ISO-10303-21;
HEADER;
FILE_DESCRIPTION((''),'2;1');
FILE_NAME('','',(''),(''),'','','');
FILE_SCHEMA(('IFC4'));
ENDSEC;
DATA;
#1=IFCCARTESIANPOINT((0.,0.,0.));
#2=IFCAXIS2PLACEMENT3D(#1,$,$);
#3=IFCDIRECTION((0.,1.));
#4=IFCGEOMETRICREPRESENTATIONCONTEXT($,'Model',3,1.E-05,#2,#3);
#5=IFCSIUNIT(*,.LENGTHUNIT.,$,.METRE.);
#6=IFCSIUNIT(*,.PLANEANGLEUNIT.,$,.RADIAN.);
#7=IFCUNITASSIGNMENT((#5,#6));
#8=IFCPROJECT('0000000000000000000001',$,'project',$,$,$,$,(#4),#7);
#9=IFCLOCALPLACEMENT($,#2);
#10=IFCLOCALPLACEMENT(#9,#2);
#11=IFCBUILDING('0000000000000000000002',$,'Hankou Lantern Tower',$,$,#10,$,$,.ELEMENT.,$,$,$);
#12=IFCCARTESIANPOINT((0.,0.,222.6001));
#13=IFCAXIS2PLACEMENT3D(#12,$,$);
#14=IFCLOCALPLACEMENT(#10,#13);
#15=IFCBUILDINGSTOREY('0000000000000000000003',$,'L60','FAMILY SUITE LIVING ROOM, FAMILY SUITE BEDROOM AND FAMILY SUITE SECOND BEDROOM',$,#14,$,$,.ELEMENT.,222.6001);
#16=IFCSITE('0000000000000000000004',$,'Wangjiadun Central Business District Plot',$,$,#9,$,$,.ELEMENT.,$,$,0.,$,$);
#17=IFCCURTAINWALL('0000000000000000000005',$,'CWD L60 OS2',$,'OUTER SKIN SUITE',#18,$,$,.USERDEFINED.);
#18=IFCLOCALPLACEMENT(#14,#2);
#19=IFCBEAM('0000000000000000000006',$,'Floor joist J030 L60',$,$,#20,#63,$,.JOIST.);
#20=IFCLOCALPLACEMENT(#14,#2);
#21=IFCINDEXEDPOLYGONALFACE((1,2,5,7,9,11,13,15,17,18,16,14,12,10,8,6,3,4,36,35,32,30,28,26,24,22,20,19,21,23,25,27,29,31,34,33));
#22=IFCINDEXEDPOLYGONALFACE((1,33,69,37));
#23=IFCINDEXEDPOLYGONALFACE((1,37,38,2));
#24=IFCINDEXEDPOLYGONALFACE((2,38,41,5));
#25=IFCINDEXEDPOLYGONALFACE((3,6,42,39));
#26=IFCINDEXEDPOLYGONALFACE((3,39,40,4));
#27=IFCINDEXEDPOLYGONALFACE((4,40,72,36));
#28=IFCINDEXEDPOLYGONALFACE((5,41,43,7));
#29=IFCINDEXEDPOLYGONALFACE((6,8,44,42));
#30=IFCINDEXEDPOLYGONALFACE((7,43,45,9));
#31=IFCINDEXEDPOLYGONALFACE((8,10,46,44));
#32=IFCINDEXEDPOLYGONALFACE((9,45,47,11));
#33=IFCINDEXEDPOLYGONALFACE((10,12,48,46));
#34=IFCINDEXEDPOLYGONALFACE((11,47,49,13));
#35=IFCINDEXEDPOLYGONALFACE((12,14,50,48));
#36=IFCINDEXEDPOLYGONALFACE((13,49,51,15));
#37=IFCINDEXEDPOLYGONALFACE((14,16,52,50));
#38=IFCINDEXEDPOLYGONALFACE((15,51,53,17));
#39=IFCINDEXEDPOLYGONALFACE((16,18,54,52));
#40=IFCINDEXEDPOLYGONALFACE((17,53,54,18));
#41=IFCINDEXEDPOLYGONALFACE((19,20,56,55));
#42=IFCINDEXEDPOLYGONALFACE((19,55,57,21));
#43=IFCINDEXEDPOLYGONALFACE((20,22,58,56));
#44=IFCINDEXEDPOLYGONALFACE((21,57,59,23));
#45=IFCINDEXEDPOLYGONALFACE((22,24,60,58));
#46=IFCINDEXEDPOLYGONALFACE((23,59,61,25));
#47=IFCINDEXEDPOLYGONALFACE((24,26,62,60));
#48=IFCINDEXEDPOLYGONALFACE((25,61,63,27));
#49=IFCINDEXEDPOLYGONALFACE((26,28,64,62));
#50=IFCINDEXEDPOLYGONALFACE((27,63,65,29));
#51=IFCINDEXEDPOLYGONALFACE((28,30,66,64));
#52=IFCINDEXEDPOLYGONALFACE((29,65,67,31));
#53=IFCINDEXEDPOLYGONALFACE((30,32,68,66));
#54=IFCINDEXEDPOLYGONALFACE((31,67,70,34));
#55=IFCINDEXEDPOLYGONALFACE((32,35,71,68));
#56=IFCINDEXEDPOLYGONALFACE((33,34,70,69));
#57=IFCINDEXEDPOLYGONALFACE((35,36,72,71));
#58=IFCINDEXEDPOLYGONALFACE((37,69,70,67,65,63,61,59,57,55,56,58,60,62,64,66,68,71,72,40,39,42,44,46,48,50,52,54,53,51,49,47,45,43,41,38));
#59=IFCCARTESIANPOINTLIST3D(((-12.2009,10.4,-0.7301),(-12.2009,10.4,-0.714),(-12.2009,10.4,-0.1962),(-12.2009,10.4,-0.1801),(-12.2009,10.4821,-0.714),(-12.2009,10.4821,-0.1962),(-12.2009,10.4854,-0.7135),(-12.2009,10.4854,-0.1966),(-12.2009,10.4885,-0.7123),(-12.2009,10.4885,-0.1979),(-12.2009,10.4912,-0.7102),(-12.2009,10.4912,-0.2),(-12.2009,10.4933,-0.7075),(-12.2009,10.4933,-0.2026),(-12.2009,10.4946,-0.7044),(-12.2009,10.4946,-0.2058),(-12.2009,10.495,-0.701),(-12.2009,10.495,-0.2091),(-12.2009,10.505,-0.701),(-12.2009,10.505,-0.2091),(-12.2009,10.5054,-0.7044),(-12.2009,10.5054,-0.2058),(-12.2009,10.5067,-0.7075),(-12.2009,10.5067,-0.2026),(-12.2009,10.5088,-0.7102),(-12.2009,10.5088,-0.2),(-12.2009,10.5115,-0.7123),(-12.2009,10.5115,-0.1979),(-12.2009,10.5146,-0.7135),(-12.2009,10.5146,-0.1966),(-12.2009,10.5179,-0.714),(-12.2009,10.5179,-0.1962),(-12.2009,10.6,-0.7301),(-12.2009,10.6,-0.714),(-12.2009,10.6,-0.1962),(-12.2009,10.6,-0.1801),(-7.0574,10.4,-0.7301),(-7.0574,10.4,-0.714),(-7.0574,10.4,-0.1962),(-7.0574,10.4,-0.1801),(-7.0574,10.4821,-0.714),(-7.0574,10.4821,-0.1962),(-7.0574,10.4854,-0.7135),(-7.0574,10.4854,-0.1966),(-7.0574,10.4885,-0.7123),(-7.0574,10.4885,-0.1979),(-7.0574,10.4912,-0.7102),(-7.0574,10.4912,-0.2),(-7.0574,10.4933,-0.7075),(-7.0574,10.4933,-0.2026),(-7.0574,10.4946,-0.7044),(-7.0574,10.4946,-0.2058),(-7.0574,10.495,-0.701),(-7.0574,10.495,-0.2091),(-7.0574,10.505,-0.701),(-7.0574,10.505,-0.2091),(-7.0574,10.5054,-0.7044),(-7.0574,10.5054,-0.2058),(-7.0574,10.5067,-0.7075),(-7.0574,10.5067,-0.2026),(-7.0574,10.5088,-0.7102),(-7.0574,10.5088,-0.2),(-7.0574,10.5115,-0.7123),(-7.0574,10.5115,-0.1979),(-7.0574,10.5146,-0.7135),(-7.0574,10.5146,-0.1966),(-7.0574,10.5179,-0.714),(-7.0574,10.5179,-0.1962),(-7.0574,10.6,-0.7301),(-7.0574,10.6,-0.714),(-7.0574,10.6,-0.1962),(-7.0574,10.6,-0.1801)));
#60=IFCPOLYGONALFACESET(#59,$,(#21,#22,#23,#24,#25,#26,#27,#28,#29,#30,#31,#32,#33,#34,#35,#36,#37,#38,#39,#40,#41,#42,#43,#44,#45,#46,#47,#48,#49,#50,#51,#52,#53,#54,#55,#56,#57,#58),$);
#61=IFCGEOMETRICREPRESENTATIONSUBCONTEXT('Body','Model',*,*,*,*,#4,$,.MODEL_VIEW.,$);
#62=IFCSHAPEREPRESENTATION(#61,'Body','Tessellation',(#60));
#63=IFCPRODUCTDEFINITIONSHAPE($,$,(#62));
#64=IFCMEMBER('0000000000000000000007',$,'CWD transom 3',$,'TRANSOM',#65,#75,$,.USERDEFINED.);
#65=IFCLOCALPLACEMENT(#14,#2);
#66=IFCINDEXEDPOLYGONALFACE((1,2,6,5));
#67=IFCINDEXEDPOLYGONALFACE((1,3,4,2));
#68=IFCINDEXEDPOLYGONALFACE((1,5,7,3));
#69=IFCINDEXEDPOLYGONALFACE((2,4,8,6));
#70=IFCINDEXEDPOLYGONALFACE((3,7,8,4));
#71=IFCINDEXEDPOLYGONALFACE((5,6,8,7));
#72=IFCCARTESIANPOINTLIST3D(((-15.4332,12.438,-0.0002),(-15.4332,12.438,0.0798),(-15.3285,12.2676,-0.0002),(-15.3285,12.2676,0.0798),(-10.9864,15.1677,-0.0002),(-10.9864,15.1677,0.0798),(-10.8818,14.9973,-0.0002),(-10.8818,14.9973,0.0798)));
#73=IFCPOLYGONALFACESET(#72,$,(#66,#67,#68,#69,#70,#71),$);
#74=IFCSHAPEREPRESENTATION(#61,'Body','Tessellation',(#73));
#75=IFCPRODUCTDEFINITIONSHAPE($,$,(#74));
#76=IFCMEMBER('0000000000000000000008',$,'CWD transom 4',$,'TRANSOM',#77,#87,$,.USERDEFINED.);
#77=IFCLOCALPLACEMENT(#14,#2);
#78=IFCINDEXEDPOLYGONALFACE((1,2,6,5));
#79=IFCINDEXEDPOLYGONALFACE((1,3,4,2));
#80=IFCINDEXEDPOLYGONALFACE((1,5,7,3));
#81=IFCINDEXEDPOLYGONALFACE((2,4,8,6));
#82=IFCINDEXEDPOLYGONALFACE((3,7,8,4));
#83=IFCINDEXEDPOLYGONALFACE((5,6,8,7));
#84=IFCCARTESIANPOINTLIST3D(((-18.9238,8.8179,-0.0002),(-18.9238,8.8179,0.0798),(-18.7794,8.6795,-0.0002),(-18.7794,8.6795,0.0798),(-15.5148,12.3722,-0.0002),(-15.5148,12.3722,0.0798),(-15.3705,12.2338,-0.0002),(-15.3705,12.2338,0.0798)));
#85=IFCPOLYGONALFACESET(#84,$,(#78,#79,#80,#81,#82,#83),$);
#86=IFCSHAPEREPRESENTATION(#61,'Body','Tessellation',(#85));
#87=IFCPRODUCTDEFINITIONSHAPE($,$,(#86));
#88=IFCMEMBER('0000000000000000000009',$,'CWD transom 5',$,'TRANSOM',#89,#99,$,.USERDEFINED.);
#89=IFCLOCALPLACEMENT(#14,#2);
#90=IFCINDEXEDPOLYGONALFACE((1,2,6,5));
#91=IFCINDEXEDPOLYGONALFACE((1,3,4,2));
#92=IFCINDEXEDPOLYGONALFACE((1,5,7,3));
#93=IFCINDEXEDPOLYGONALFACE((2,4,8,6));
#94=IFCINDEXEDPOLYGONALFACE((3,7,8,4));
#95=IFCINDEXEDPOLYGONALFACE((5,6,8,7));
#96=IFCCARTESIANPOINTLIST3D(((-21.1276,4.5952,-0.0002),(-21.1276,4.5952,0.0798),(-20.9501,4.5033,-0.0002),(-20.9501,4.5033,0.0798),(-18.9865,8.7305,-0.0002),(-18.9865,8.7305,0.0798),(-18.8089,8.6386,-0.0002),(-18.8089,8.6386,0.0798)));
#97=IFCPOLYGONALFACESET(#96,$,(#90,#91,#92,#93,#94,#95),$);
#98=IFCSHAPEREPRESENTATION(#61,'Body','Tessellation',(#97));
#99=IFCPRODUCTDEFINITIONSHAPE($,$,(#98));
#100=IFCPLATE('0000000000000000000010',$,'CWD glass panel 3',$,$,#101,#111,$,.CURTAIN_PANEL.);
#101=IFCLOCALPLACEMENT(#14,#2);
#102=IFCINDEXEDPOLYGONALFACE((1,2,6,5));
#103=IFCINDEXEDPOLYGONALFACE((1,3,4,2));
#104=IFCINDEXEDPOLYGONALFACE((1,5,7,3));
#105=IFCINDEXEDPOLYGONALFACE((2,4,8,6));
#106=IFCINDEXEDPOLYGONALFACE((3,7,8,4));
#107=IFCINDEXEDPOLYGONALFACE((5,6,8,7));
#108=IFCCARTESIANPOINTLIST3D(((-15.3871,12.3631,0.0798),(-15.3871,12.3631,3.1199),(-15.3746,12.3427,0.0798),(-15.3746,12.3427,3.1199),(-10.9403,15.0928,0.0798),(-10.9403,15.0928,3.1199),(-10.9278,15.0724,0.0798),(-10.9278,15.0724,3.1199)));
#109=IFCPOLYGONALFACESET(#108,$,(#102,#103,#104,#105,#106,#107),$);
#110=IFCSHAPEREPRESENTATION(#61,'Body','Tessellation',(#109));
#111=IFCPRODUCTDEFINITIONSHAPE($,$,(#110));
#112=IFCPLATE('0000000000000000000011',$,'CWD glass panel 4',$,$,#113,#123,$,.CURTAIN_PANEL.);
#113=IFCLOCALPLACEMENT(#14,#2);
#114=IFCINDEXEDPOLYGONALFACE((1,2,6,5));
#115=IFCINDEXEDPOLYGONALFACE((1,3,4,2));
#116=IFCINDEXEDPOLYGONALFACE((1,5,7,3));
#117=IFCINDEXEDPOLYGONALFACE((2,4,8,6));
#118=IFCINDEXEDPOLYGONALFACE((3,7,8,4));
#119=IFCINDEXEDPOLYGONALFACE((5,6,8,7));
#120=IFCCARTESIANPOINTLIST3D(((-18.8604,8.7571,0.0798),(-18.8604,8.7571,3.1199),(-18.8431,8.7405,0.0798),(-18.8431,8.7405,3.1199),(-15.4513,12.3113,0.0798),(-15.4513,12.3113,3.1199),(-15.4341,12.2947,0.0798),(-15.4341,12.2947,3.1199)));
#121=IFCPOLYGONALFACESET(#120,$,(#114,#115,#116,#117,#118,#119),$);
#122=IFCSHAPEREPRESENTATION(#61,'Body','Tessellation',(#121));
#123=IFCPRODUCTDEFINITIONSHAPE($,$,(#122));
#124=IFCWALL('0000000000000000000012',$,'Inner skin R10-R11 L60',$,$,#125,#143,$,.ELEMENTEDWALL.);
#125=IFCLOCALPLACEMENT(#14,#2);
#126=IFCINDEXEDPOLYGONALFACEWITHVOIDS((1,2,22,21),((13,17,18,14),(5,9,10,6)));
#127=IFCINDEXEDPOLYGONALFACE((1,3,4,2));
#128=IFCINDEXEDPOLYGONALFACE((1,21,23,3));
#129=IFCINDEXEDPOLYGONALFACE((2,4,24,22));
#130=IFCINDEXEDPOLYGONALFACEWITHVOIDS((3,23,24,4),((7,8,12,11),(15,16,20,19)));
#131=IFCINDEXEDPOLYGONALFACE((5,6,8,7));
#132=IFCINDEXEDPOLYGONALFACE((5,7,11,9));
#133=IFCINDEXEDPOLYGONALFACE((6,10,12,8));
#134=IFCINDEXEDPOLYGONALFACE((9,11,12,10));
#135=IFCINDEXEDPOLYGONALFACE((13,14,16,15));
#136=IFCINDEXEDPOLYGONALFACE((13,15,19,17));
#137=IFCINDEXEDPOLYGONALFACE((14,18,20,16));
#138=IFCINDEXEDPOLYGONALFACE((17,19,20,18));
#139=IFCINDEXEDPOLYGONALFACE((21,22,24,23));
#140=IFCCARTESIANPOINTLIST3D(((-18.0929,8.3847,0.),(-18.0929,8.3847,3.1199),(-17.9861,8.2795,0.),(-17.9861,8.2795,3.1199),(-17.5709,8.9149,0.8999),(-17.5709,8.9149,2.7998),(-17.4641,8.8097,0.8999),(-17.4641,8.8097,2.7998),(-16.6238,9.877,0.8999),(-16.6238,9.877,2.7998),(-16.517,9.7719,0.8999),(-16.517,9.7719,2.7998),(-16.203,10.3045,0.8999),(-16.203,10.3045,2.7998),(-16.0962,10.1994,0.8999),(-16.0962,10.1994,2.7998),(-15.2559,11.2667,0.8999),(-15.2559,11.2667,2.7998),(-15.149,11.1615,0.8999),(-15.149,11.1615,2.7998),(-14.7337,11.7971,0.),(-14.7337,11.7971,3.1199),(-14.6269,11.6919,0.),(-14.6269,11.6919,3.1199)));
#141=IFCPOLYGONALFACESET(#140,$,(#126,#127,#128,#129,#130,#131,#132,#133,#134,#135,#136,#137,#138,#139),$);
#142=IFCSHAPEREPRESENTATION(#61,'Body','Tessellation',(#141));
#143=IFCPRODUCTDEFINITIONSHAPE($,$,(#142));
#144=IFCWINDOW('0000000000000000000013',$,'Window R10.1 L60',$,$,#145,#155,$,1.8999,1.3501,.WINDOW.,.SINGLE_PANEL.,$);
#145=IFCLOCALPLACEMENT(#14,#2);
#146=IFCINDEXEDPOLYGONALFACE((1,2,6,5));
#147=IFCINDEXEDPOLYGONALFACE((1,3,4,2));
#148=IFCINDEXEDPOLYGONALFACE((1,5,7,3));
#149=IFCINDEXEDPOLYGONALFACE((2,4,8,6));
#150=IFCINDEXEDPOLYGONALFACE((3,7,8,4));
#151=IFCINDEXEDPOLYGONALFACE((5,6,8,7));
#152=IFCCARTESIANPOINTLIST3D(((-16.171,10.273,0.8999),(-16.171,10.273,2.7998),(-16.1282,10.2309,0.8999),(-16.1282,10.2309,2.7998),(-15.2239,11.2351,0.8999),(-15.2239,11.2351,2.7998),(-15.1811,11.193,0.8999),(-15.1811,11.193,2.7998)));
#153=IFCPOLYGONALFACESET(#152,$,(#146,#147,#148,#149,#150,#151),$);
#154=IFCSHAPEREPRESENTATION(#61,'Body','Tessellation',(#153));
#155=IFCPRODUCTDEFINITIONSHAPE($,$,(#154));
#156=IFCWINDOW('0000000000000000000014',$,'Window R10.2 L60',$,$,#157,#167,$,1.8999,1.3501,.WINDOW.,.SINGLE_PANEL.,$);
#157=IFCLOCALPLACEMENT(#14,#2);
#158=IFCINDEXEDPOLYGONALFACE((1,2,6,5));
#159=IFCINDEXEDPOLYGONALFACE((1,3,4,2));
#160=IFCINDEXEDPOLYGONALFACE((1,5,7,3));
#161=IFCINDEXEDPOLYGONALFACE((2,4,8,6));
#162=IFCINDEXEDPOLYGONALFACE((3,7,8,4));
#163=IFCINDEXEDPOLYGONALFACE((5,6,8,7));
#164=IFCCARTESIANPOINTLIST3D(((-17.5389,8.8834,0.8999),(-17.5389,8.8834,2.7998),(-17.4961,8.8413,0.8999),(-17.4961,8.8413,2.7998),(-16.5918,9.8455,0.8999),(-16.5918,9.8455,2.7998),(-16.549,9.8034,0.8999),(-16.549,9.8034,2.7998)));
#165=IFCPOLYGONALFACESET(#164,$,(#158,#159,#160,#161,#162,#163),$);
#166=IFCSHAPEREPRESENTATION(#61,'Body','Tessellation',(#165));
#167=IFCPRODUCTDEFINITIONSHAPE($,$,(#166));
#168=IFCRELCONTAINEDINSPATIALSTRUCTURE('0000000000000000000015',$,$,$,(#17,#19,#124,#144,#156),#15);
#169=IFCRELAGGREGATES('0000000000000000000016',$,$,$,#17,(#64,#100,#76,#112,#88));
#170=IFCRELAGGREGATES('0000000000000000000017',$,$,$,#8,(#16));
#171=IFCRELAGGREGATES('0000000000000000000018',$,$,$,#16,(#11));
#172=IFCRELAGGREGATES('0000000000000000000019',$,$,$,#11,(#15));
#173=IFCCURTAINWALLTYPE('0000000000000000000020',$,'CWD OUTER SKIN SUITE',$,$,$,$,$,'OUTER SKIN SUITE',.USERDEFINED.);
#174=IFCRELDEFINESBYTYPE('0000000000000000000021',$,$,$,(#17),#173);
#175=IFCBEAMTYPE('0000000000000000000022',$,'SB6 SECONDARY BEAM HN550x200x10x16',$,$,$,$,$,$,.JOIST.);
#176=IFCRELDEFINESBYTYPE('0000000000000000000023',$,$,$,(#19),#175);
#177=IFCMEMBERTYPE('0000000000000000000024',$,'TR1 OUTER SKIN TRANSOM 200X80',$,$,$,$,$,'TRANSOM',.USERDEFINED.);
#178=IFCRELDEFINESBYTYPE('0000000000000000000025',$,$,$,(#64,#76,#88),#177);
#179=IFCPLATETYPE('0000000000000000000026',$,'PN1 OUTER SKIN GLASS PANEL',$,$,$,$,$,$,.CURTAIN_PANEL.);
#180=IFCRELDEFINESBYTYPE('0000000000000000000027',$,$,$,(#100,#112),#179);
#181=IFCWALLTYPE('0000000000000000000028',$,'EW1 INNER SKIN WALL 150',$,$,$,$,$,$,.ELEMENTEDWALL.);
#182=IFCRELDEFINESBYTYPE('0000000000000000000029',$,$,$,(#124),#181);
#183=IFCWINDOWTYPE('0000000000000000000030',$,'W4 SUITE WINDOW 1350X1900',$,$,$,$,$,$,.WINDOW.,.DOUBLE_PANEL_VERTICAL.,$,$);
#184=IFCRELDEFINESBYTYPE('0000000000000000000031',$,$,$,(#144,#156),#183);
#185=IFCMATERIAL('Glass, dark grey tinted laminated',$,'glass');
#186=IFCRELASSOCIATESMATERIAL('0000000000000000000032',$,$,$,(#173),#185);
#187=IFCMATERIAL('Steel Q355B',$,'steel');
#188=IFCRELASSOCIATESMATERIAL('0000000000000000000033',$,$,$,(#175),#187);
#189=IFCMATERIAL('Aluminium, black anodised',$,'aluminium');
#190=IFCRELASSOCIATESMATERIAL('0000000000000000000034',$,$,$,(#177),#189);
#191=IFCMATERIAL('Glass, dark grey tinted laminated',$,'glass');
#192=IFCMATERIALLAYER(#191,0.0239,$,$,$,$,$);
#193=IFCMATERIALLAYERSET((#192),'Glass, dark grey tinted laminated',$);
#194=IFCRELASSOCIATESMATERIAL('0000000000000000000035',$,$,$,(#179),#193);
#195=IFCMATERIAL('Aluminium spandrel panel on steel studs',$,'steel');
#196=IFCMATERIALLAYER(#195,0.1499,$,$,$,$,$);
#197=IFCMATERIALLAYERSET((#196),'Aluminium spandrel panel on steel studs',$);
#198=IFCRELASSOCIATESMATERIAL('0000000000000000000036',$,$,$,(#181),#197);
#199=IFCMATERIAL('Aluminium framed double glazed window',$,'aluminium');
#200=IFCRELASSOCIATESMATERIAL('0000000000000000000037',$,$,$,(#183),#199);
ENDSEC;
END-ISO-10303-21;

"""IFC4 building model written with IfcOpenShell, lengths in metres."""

from ifc_helpers import new_model, si_unit, direction, frame, frame_2d, origin, origin_2d, place, context, subcontext, project, spatial, rectangle, i_section, extrude, material, layer, layer_set, material_profile, profile_set, type_object, element, fill, aggregate, save


model = new_model("IFC4")

# Units and contexts
model_context = context("Model", 3, precision=1e-05, world=origin(), true_north=direction((0.0, 1.0)))
body_context = subcontext(model_context, "Body", "Model", "MODEL_VIEW")
ifc_project = project(units=[si_unit("LENGTHUNIT", "METRE"), si_unit("PLANEANGLEUNIT", "RADIAN")], contexts=[model_context])

# Site, building, storey
site_placement = place(None, origin())
site = spatial("IfcSite", under=ifc_project, at=site_placement, Name="Wangjiadun Central Business District Plot", CompositionType="ELEMENT", RefElevation=0.0)
building_placement = place(site_placement, origin())
building = spatial("IfcBuilding", under=site, at=building_placement, Name="Hankou Lantern Tower", CompositionType="ELEMENT")
storey_placement = place(building_placement, frame((0.0, 0.0, 222.6001)))
storey = spatial("IfcBuildingStorey", under=building, at=storey_placement, Name="L60", Description="FAMILY SUITE LIVING ROOM, FAMILY SUITE BEDROOM AND FAMILY SUITE SECOND BEDROOM", CompositionType="ELEMENT", Elevation=222.6001)

# Curtain wall
ifc_material_1 = material(Name="Glass, dark grey tinted laminated", Category="glass")
curtain_wall_type = type_object("IfcCurtainWallType", Name="CWD OUTER SKIN SUITE", ElementType="OUTER SKIN SUITE", PredefinedType="USERDEFINED", material=ifc_material_1)
curtain_wall_placement = place(storey_placement, origin())
curtain_wall = element("IfcCurtainWall", 1, at=curtain_wall_placement, inside=storey, type_object=curtain_wall_type, Name="CWD L60 OS2", ObjectType="OUTER SKIN SUITE", PredefinedType="USERDEFINED")

# Beam
ifc_material_2 = material(Name="Steel Q355B", Category="steel")
ifc_material_profile_1 = material_profile(ifc_material_2, i_section(OverallWidth=0.2, OverallDepth=0.55, WebThickness=0.01, FlangeThickness=0.0161, FilletRadius=0.0129, at=origin_2d()), Name="HN550x200x10x16")
ifc_profile_set_1 = profile_set([ifc_material_profile_1], Name="Steel Q355B")
beam_type_1 = type_object("IfcBeamType", Name="SB6 SECONDARY BEAM HN550x200x10x16", PredefinedType="JOIST", material=ifc_profile_set_1)
beam_1_placement = place(storey_placement, frame((-12.2009, 10.5, -0.4551), z_axis=(1.0, 0.0, 0.0), x_axis=(0.0, 1.0, 0.0)))
element("IfcBeam", 2, at=beam_1_placement, inside=storey, type_object=beam_type_1, Name="Floor joist J030 L60", PredefinedType="JOIST", context=body_context, shape_type="SweptSolid", body=[
    extrude(i_section(OverallWidth=0.2, OverallDepth=0.55, WebThickness=0.01, FlangeThickness=0.0161, FilletRadius=0.0129, at=origin_2d()), origin(), (0.0, 0.0, 1.0), 5.1436),
])

# Members
ifc_material_3 = material(Name="Aluminium, black anodised", Category="aluminium")
ifc_material_profile_2 = material_profile(ifc_material_3, rectangle(XDim=0.2, YDim=0.0801, at=origin_2d()), Name="TR1 200X80")
ifc_profile_set_2 = profile_set([ifc_material_profile_2], Name="Aluminium, black anodised")
member_type_1 = type_object("IfcMemberType", Name="TR1 OUTER SKIN TRANSOM 200X80", ElementType="TRANSOM", PredefinedType="USERDEFINED", material=ifc_profile_set_2)
member_1_placement = place(storey_placement, frame((-10.9341, 15.0825, 0.0398), z_axis=(-0.852235, -0.52316, 0.0), x_axis=(0.52316, -0.852235, 0.0)))
member_1 = element("IfcMember", 3, at=member_1_placement, type_object=member_type_1, Name="CWD transom 3", ObjectType="TRANSOM", PredefinedType="USERDEFINED", context=body_context, shape_type="SweptSolid", body=[
    extrude(rectangle(XDim=0.2, YDim=0.0801, at=origin_2d()), origin(), (0.0, 0.0, 1.0), 5.2178),
])
member_2_placement = place(storey_placement, frame((-15.4426, 12.303, 0.0398), z_axis=(-0.692205, -0.721701, 0.0), x_axis=(0.721701, -0.692205, 0.0)))
member_2 = element("IfcMember", 4, at=member_2_placement, type_object=member_type_1, Name="CWD transom 4", ObjectType="TRANSOM", PredefinedType="USERDEFINED", context=body_context, shape_type="SweptSolid", body=[
    extrude(rectangle(XDim=0.2, YDim=0.0801, at=origin_2d()), origin(), (0.0, 0.0, 1.0), 4.9248),
])
member_3_placement = place(storey_placement, frame((-18.8977, 8.6846, 0.0398), z_axis=(-0.459794, -0.888026, 0.0), x_axis=(0.888026, -0.459794, 0.0)))
member_3 = element("IfcMember", 5, at=member_3_placement, type_object=member_type_1, Name="CWD transom 5", ObjectType="TRANSOM", PredefinedType="USERDEFINED", context=body_context, shape_type="SweptSolid", body=[
    extrude(rectangle(XDim=0.2, YDim=0.0801, at=origin_2d()), origin(), (0.0, 0.0, 1.0), 4.6567),
])

# Plates
ifc_material_4 = material(Name="Glass, dark grey tinted laminated", Category="glass")
ifc_layer_1 = layer(ifc_material_4, 0.0239)
ifc_layer_set_1 = layer_set([ifc_layer_1], Name="Glass, dark grey tinted laminated")
plate_type = type_object("IfcPlateType", Name="PN1 OUTER SKIN GLASS PANEL", PredefinedType="CURTAIN_PANEL", material=ifc_layer_set_1)
plate_1_placement = place(storey_placement, frame((-13.1575, 13.7178, 0.0798), z_axis=(0.0, 0.0, 1.0), x_axis=(-0.852237, -0.523156, 0.0)))
plate_1 = element("IfcPlate", 6, at=plate_1_placement, type_object=plate_type, Name="CWD glass panel 3", PredefinedType="CURTAIN_PANEL", context=body_context, shape_type="SweptSolid", body=[
    extrude(rectangle(XDim=5.2178, YDim=0.0239, at=origin_2d()), origin(), (0.0, 0.0, 1.0), 3.04),
])
plate_2_placement = place(storey_placement, frame((-17.1472, 10.5259, 0.0798), z_axis=(0.0, 0.0, 1.0), x_axis=(-0.692216, -0.721691, 0.0)))
plate_2 = element("IfcPlate", 7, at=plate_2_placement, type_object=plate_type, Name="CWD glass panel 4", PredefinedType="CURTAIN_PANEL", context=body_context, shape_type="SweptSolid", body=[
    extrude(rectangle(XDim=4.9248, YDim=0.0239, at=origin_2d()), origin(), (0.0, 0.0, 1.0), 3.04),
])
aggregate(curtain_wall, [member_1, plate_1, member_2, plate_2, member_3])

# Wall, openings, windows
ifc_material_5 = material(Name="Aluminium spandrel panel on steel studs", Category="steel")
ifc_layer_2 = layer(ifc_material_5, 0.1499)
ifc_layer_set_2 = layer_set([ifc_layer_2], Name="Aluminium spandrel panel on steel studs")
wall_type_1 = type_object("IfcWallType", Name="EW1 INNER SKIN WALL 150", PredefinedType="ELEMENTEDWALL", material=ifc_layer_set_2)
wall_1_placement = place(storey_placement, frame((-14.6804, 11.7444, 0.0), z_axis=(0.0, 0.0, 1.0), x_axis=(-0.701527, -0.712643, 0.0)))
wall_1 = element("IfcWall", 8, at=wall_1_placement, inside=storey, type_object=wall_type_1, Name="Inner skin R10-R11 L60", PredefinedType="ELEMENTEDWALL", context=body_context, shape_type="SweptSolid", body=[
    extrude(rectangle(XDim=4.7883, YDim=0.1499, at=frame_2d((2.394, 0.0))), origin(), (0.0, 0.0, 1.0), 3.1199),
])
opening_1_placement = place(wall_1_placement, frame((0.7441, 0.0, 0.8999)))
opening_1 = element("IfcOpeningElement", 9, at=opening_1_placement, cuts=wall_1, PredefinedType="OPENING", context=body_context, shape_type="SweptSolid", body=[
    extrude(rectangle(XDim=1.3501, YDim=1.8999, at=frame_2d((0.675, 0.95))), frame((0.0, 0.085, 0.0), z_axis=(0.0, -1.0, 0.0), x_axis=(1.0, 0.0, 0.0)), (0.0, 0.0, 1.0), 0.1699),
])
opening_2_placement = place(wall_1_placement, frame((2.6941, 0.0, 0.8999)))
opening_2 = element("IfcOpeningElement", 10, at=opening_2_placement, cuts=wall_1, PredefinedType="OPENING", context=body_context, shape_type="SweptSolid", body=[
    extrude(rectangle(XDim=1.3501, YDim=1.8999, at=frame_2d((0.675, 0.95))), frame((0.0, 0.085, 0.0), z_axis=(0.0, -1.0, 0.0), x_axis=(1.0, 0.0, 0.0)), (0.0, 0.0, 1.0), 0.1699),
])
ifc_material_6 = material(Name="Aluminium framed double glazed window", Category="aluminium")
window_type = type_object("IfcWindowType", Name="W4 SUITE WINDOW 1350X1900", PartitioningType="DOUBLE_PANEL_VERTICAL", PredefinedType="WINDOW", material=ifc_material_6)
window_1_placement = place(opening_1_placement, origin())
window_1 = element("IfcWindow", 11, at=window_1_placement, inside=storey, type_object=window_type, Name="Window R10.1 L60", OverallHeight=1.8999, OverallWidth=1.3501, PartitioningType="SINGLE_PANEL", PredefinedType="WINDOW", context=body_context, shape_type="SweptSolid", body=[
    extrude(rectangle(XDim=1.3501, YDim=1.8999, at=frame_2d((0.675, 0.95))), frame((0.0, 0.03, 0.0), z_axis=(0.0, -1.0, 0.0), x_axis=(1.0, 0.0, 0.0)), (0.0, 0.0, 1.0), 0.0601),
])
fill(opening_1, window_1)
window_2_placement = place(opening_2_placement, origin())
window_2 = element("IfcWindow", 12, at=window_2_placement, inside=storey, type_object=window_type, Name="Window R10.2 L60", OverallHeight=1.8999, OverallWidth=1.3501, PartitioningType="SINGLE_PANEL", PredefinedType="WINDOW", context=body_context, shape_type="SweptSolid", body=[
    extrude(rectangle(XDim=1.3501, YDim=1.8999, at=frame_2d((0.675, 0.95))), frame((0.0, 0.03, 0.0), z_axis=(0.0, -1.0, 0.0), x_axis=(1.0, 0.0, 0.0)), (0.0, 0.0, 1.0), 0.0601),
])
fill(opening_2, window_2)

save(model, "model.ifc")
